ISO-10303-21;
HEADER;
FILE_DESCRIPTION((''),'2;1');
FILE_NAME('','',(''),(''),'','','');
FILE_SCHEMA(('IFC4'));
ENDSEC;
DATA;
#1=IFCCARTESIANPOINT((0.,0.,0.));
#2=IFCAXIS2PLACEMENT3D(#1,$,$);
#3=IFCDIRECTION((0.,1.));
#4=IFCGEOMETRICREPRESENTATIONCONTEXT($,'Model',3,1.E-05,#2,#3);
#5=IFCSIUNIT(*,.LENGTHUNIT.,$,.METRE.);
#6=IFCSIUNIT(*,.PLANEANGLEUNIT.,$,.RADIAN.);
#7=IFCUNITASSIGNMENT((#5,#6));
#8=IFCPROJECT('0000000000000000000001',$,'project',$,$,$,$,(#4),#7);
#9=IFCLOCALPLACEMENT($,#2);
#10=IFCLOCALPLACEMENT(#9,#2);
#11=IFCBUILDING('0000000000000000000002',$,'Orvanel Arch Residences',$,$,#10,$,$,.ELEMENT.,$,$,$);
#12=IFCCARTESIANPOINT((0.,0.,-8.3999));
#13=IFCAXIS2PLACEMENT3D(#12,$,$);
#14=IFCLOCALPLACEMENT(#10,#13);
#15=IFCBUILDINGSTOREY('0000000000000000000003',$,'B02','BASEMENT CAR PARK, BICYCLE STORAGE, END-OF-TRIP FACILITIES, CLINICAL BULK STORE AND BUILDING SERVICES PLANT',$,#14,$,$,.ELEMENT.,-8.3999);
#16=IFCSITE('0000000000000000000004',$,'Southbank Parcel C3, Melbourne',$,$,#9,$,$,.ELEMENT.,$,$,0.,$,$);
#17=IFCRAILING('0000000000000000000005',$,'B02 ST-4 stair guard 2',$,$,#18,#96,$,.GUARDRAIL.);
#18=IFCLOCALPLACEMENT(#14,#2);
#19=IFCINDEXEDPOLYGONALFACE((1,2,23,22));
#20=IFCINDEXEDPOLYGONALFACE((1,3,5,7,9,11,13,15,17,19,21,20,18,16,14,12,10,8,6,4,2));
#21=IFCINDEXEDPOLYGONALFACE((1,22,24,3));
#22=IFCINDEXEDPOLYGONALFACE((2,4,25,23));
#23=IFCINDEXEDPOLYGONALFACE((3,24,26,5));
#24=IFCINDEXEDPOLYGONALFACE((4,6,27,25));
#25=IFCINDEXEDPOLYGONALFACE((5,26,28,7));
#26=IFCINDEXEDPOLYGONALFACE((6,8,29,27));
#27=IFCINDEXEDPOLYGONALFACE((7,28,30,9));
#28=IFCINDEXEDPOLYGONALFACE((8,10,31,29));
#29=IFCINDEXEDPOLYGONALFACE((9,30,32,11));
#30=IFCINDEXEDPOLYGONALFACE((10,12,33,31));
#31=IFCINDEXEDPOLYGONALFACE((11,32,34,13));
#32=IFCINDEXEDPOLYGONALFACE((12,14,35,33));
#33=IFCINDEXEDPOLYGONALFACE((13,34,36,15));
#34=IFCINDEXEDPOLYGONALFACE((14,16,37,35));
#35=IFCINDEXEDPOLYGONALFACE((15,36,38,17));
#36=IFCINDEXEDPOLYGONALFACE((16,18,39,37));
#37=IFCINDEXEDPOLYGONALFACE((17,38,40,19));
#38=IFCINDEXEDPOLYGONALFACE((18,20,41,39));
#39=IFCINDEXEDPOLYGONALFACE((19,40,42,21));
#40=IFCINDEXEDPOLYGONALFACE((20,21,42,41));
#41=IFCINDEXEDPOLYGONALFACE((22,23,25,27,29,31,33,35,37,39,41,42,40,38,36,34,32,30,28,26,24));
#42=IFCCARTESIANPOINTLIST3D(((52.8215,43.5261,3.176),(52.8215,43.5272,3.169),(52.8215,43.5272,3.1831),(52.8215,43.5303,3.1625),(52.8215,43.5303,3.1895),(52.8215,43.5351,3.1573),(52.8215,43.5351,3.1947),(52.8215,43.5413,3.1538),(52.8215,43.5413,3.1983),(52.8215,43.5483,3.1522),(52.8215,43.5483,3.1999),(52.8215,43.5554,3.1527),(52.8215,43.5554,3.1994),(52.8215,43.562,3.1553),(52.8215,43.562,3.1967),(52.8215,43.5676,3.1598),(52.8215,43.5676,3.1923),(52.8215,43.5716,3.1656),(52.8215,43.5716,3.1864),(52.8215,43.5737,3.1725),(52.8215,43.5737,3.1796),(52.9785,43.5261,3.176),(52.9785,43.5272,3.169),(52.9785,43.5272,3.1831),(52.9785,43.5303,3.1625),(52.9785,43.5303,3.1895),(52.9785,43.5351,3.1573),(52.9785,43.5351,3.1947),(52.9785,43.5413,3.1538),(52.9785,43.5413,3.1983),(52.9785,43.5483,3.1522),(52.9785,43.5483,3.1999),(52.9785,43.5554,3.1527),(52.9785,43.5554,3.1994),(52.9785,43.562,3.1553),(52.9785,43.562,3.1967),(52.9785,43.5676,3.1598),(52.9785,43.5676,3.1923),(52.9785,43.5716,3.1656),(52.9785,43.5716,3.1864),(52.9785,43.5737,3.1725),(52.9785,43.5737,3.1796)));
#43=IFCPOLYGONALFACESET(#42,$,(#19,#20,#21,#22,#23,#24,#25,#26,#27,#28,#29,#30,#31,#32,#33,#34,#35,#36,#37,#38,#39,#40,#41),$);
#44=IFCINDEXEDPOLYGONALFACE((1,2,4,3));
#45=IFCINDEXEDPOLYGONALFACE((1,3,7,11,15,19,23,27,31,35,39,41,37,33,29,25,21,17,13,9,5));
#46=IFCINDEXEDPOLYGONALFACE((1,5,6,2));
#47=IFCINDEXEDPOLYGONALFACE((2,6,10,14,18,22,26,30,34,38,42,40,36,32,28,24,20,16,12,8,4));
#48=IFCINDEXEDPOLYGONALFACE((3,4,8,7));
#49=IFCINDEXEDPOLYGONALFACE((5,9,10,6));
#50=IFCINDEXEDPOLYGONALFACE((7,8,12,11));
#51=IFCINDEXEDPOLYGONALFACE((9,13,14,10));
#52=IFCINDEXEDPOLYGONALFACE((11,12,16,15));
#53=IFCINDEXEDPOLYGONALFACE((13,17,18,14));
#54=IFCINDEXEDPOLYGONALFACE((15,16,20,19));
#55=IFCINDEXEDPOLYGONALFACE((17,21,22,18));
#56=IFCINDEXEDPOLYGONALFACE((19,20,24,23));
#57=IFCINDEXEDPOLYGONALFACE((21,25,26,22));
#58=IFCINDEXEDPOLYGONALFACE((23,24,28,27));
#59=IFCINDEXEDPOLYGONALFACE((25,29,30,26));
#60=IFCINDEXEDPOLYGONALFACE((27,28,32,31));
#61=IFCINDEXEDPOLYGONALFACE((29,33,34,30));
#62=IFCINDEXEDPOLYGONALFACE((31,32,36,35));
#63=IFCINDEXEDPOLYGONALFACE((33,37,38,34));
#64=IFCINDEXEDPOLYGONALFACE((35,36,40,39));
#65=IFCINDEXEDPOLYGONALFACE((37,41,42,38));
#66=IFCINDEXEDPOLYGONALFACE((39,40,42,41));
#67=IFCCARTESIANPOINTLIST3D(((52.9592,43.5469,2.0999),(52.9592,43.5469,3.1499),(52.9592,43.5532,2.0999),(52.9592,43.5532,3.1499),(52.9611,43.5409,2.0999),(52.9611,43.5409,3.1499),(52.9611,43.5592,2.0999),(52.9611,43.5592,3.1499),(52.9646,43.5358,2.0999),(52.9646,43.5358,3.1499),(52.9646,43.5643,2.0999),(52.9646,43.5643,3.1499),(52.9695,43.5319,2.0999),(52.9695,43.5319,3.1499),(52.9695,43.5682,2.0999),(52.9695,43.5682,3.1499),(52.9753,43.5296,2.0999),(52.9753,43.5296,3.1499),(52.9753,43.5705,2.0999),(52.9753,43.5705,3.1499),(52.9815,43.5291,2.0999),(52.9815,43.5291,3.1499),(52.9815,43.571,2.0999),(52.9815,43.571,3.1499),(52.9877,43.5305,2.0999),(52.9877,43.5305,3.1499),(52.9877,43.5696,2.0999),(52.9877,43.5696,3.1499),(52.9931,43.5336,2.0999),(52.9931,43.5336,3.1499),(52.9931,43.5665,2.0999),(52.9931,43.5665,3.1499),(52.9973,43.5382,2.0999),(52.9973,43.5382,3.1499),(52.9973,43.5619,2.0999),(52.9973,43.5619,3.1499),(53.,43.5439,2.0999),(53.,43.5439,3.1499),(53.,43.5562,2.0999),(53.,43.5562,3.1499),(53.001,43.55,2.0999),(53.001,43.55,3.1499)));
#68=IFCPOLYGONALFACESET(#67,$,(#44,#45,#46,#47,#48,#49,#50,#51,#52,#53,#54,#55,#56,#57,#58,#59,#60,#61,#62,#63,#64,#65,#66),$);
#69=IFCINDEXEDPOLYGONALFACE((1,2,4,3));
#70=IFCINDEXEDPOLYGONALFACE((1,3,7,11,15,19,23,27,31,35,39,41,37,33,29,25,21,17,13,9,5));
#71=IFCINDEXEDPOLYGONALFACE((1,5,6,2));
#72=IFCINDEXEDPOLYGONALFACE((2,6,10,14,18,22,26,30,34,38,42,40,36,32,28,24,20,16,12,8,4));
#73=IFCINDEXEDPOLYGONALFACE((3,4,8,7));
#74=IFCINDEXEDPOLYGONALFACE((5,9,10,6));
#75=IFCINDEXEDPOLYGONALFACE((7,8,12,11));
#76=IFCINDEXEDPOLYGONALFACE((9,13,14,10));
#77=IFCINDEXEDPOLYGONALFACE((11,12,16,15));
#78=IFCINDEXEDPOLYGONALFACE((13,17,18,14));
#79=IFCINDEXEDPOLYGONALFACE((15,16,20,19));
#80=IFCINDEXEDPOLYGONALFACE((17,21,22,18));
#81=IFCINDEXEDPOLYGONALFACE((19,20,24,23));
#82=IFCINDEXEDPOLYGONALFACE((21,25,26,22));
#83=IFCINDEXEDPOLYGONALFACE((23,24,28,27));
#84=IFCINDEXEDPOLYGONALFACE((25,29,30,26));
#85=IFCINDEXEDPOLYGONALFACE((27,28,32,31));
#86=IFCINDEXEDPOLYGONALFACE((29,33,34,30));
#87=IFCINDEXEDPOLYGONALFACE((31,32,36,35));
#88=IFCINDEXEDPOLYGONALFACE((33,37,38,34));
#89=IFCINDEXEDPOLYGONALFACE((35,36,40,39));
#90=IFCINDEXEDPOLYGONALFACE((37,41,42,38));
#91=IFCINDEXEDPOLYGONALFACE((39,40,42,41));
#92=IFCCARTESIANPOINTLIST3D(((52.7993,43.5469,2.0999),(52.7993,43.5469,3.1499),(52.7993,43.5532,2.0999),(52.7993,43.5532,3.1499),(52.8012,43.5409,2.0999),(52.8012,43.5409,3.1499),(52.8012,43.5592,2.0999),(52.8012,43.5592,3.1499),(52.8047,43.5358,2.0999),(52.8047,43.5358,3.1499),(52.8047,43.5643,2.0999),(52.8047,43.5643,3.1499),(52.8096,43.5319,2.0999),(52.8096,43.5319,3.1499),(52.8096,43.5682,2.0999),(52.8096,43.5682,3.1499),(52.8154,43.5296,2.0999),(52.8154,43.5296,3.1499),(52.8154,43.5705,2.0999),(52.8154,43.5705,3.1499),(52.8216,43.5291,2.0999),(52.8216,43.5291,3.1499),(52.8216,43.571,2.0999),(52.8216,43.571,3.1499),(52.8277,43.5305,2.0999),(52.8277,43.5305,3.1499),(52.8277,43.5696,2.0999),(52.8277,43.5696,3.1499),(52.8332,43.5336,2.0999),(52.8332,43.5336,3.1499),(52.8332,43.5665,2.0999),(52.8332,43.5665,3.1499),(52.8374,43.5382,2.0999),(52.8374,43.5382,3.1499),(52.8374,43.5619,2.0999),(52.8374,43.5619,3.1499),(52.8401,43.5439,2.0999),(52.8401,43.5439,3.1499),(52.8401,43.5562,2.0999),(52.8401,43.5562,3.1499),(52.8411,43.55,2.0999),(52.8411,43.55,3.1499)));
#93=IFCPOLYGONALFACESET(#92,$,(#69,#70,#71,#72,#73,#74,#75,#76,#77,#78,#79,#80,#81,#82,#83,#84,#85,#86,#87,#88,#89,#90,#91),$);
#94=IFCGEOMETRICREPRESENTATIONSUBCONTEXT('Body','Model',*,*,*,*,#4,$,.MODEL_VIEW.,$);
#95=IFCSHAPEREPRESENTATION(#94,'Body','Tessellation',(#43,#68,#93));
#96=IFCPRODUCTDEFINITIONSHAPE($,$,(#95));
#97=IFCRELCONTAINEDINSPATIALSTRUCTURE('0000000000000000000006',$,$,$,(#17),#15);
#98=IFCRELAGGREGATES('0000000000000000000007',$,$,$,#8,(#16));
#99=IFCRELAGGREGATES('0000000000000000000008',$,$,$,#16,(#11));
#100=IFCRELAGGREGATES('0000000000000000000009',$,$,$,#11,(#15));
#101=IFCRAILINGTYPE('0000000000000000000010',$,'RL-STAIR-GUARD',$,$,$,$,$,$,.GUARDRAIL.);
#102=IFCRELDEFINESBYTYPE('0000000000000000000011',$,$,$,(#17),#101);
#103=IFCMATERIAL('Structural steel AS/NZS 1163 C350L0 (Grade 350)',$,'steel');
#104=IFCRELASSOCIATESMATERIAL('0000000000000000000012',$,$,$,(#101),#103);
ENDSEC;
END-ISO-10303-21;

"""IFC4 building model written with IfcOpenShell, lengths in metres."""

from ifc_helpers import new_model, si_unit, direction, frame, origin, origin_2d, place, context, subcontext, project, spatial, circle, extrude, material, type_object, element, save


model = new_model("IFC4")

# Units and contexts
model_context = context("Model", 3, precision=1e-05, world=origin(), true_north=direction((0.0, 1.0)))
body_context = subcontext(model_context, "Body", "Model", "MODEL_VIEW")
ifc_project = project(units=[si_unit("LENGTHUNIT", "METRE"), si_unit("PLANEANGLEUNIT", "RADIAN")], contexts=[model_context])

# Site, building, storey
site_placement = place(None, origin())
site = spatial("IfcSite", under=ifc_project, at=site_placement, Name="Southbank Parcel C3, Melbourne", CompositionType="ELEMENT", RefElevation=0.0)
building_placement = place(site_placement, origin())
building = spatial("IfcBuilding", under=site, at=building_placement, Name="Orvanel Arch Residences", CompositionType="ELEMENT")
storey_placement = place(building_placement, frame((0.0, 0.0, -8.3999)))
storey = spatial("IfcBuildingStorey", under=building, at=storey_placement, Name="B02", Description="BASEMENT CAR PARK, BICYCLE STORAGE, END-OF-TRIP FACILITIES, CLINICAL BULK STORE AND BUILDING SERVICES PLANT", CompositionType="ELEMENT", Elevation=-8.3999)

# Railing
ifc_material_1 = material(Name="Structural steel AS/NZS 1163 C350L0 (Grade 350)", Category="steel")
railing_type_1 = type_object("IfcRailingType", Name="RL-STAIR-GUARD", PredefinedType="GUARDRAIL", material=ifc_material_1)
railing_1_placement = place(storey_placement, frame((52.98, 43.55, 2.0999)))
element("IfcRailing", 1, at=railing_1_placement, inside=storey, type_object=railing_type_1, Name="B02 ST-4 stair guard 2", PredefinedType="GUARDRAIL", context=body_context, shape_type="SweptSolid", body=[
    extrude(circle(Radius=0.0239, at=origin_2d()), frame((-0.0015, 0.0, 1.0762), z_axis=(-1.0, 0.0, 0.0), x_axis=(0.0, -1.0, 0.0)), (0.0, 0.0, 1.0), 0.157),
    extrude(circle(Radius=0.021, at=origin_2d()), origin(), (0.0, 0.0, 1.0), 1.05),
    extrude(circle(Radius=0.021, at=origin_2d()), frame((-0.1599, 0.0, 0.0)), (0.0, 0.0, 1.0), 1.05),
])

save(model, "model.ifc")
